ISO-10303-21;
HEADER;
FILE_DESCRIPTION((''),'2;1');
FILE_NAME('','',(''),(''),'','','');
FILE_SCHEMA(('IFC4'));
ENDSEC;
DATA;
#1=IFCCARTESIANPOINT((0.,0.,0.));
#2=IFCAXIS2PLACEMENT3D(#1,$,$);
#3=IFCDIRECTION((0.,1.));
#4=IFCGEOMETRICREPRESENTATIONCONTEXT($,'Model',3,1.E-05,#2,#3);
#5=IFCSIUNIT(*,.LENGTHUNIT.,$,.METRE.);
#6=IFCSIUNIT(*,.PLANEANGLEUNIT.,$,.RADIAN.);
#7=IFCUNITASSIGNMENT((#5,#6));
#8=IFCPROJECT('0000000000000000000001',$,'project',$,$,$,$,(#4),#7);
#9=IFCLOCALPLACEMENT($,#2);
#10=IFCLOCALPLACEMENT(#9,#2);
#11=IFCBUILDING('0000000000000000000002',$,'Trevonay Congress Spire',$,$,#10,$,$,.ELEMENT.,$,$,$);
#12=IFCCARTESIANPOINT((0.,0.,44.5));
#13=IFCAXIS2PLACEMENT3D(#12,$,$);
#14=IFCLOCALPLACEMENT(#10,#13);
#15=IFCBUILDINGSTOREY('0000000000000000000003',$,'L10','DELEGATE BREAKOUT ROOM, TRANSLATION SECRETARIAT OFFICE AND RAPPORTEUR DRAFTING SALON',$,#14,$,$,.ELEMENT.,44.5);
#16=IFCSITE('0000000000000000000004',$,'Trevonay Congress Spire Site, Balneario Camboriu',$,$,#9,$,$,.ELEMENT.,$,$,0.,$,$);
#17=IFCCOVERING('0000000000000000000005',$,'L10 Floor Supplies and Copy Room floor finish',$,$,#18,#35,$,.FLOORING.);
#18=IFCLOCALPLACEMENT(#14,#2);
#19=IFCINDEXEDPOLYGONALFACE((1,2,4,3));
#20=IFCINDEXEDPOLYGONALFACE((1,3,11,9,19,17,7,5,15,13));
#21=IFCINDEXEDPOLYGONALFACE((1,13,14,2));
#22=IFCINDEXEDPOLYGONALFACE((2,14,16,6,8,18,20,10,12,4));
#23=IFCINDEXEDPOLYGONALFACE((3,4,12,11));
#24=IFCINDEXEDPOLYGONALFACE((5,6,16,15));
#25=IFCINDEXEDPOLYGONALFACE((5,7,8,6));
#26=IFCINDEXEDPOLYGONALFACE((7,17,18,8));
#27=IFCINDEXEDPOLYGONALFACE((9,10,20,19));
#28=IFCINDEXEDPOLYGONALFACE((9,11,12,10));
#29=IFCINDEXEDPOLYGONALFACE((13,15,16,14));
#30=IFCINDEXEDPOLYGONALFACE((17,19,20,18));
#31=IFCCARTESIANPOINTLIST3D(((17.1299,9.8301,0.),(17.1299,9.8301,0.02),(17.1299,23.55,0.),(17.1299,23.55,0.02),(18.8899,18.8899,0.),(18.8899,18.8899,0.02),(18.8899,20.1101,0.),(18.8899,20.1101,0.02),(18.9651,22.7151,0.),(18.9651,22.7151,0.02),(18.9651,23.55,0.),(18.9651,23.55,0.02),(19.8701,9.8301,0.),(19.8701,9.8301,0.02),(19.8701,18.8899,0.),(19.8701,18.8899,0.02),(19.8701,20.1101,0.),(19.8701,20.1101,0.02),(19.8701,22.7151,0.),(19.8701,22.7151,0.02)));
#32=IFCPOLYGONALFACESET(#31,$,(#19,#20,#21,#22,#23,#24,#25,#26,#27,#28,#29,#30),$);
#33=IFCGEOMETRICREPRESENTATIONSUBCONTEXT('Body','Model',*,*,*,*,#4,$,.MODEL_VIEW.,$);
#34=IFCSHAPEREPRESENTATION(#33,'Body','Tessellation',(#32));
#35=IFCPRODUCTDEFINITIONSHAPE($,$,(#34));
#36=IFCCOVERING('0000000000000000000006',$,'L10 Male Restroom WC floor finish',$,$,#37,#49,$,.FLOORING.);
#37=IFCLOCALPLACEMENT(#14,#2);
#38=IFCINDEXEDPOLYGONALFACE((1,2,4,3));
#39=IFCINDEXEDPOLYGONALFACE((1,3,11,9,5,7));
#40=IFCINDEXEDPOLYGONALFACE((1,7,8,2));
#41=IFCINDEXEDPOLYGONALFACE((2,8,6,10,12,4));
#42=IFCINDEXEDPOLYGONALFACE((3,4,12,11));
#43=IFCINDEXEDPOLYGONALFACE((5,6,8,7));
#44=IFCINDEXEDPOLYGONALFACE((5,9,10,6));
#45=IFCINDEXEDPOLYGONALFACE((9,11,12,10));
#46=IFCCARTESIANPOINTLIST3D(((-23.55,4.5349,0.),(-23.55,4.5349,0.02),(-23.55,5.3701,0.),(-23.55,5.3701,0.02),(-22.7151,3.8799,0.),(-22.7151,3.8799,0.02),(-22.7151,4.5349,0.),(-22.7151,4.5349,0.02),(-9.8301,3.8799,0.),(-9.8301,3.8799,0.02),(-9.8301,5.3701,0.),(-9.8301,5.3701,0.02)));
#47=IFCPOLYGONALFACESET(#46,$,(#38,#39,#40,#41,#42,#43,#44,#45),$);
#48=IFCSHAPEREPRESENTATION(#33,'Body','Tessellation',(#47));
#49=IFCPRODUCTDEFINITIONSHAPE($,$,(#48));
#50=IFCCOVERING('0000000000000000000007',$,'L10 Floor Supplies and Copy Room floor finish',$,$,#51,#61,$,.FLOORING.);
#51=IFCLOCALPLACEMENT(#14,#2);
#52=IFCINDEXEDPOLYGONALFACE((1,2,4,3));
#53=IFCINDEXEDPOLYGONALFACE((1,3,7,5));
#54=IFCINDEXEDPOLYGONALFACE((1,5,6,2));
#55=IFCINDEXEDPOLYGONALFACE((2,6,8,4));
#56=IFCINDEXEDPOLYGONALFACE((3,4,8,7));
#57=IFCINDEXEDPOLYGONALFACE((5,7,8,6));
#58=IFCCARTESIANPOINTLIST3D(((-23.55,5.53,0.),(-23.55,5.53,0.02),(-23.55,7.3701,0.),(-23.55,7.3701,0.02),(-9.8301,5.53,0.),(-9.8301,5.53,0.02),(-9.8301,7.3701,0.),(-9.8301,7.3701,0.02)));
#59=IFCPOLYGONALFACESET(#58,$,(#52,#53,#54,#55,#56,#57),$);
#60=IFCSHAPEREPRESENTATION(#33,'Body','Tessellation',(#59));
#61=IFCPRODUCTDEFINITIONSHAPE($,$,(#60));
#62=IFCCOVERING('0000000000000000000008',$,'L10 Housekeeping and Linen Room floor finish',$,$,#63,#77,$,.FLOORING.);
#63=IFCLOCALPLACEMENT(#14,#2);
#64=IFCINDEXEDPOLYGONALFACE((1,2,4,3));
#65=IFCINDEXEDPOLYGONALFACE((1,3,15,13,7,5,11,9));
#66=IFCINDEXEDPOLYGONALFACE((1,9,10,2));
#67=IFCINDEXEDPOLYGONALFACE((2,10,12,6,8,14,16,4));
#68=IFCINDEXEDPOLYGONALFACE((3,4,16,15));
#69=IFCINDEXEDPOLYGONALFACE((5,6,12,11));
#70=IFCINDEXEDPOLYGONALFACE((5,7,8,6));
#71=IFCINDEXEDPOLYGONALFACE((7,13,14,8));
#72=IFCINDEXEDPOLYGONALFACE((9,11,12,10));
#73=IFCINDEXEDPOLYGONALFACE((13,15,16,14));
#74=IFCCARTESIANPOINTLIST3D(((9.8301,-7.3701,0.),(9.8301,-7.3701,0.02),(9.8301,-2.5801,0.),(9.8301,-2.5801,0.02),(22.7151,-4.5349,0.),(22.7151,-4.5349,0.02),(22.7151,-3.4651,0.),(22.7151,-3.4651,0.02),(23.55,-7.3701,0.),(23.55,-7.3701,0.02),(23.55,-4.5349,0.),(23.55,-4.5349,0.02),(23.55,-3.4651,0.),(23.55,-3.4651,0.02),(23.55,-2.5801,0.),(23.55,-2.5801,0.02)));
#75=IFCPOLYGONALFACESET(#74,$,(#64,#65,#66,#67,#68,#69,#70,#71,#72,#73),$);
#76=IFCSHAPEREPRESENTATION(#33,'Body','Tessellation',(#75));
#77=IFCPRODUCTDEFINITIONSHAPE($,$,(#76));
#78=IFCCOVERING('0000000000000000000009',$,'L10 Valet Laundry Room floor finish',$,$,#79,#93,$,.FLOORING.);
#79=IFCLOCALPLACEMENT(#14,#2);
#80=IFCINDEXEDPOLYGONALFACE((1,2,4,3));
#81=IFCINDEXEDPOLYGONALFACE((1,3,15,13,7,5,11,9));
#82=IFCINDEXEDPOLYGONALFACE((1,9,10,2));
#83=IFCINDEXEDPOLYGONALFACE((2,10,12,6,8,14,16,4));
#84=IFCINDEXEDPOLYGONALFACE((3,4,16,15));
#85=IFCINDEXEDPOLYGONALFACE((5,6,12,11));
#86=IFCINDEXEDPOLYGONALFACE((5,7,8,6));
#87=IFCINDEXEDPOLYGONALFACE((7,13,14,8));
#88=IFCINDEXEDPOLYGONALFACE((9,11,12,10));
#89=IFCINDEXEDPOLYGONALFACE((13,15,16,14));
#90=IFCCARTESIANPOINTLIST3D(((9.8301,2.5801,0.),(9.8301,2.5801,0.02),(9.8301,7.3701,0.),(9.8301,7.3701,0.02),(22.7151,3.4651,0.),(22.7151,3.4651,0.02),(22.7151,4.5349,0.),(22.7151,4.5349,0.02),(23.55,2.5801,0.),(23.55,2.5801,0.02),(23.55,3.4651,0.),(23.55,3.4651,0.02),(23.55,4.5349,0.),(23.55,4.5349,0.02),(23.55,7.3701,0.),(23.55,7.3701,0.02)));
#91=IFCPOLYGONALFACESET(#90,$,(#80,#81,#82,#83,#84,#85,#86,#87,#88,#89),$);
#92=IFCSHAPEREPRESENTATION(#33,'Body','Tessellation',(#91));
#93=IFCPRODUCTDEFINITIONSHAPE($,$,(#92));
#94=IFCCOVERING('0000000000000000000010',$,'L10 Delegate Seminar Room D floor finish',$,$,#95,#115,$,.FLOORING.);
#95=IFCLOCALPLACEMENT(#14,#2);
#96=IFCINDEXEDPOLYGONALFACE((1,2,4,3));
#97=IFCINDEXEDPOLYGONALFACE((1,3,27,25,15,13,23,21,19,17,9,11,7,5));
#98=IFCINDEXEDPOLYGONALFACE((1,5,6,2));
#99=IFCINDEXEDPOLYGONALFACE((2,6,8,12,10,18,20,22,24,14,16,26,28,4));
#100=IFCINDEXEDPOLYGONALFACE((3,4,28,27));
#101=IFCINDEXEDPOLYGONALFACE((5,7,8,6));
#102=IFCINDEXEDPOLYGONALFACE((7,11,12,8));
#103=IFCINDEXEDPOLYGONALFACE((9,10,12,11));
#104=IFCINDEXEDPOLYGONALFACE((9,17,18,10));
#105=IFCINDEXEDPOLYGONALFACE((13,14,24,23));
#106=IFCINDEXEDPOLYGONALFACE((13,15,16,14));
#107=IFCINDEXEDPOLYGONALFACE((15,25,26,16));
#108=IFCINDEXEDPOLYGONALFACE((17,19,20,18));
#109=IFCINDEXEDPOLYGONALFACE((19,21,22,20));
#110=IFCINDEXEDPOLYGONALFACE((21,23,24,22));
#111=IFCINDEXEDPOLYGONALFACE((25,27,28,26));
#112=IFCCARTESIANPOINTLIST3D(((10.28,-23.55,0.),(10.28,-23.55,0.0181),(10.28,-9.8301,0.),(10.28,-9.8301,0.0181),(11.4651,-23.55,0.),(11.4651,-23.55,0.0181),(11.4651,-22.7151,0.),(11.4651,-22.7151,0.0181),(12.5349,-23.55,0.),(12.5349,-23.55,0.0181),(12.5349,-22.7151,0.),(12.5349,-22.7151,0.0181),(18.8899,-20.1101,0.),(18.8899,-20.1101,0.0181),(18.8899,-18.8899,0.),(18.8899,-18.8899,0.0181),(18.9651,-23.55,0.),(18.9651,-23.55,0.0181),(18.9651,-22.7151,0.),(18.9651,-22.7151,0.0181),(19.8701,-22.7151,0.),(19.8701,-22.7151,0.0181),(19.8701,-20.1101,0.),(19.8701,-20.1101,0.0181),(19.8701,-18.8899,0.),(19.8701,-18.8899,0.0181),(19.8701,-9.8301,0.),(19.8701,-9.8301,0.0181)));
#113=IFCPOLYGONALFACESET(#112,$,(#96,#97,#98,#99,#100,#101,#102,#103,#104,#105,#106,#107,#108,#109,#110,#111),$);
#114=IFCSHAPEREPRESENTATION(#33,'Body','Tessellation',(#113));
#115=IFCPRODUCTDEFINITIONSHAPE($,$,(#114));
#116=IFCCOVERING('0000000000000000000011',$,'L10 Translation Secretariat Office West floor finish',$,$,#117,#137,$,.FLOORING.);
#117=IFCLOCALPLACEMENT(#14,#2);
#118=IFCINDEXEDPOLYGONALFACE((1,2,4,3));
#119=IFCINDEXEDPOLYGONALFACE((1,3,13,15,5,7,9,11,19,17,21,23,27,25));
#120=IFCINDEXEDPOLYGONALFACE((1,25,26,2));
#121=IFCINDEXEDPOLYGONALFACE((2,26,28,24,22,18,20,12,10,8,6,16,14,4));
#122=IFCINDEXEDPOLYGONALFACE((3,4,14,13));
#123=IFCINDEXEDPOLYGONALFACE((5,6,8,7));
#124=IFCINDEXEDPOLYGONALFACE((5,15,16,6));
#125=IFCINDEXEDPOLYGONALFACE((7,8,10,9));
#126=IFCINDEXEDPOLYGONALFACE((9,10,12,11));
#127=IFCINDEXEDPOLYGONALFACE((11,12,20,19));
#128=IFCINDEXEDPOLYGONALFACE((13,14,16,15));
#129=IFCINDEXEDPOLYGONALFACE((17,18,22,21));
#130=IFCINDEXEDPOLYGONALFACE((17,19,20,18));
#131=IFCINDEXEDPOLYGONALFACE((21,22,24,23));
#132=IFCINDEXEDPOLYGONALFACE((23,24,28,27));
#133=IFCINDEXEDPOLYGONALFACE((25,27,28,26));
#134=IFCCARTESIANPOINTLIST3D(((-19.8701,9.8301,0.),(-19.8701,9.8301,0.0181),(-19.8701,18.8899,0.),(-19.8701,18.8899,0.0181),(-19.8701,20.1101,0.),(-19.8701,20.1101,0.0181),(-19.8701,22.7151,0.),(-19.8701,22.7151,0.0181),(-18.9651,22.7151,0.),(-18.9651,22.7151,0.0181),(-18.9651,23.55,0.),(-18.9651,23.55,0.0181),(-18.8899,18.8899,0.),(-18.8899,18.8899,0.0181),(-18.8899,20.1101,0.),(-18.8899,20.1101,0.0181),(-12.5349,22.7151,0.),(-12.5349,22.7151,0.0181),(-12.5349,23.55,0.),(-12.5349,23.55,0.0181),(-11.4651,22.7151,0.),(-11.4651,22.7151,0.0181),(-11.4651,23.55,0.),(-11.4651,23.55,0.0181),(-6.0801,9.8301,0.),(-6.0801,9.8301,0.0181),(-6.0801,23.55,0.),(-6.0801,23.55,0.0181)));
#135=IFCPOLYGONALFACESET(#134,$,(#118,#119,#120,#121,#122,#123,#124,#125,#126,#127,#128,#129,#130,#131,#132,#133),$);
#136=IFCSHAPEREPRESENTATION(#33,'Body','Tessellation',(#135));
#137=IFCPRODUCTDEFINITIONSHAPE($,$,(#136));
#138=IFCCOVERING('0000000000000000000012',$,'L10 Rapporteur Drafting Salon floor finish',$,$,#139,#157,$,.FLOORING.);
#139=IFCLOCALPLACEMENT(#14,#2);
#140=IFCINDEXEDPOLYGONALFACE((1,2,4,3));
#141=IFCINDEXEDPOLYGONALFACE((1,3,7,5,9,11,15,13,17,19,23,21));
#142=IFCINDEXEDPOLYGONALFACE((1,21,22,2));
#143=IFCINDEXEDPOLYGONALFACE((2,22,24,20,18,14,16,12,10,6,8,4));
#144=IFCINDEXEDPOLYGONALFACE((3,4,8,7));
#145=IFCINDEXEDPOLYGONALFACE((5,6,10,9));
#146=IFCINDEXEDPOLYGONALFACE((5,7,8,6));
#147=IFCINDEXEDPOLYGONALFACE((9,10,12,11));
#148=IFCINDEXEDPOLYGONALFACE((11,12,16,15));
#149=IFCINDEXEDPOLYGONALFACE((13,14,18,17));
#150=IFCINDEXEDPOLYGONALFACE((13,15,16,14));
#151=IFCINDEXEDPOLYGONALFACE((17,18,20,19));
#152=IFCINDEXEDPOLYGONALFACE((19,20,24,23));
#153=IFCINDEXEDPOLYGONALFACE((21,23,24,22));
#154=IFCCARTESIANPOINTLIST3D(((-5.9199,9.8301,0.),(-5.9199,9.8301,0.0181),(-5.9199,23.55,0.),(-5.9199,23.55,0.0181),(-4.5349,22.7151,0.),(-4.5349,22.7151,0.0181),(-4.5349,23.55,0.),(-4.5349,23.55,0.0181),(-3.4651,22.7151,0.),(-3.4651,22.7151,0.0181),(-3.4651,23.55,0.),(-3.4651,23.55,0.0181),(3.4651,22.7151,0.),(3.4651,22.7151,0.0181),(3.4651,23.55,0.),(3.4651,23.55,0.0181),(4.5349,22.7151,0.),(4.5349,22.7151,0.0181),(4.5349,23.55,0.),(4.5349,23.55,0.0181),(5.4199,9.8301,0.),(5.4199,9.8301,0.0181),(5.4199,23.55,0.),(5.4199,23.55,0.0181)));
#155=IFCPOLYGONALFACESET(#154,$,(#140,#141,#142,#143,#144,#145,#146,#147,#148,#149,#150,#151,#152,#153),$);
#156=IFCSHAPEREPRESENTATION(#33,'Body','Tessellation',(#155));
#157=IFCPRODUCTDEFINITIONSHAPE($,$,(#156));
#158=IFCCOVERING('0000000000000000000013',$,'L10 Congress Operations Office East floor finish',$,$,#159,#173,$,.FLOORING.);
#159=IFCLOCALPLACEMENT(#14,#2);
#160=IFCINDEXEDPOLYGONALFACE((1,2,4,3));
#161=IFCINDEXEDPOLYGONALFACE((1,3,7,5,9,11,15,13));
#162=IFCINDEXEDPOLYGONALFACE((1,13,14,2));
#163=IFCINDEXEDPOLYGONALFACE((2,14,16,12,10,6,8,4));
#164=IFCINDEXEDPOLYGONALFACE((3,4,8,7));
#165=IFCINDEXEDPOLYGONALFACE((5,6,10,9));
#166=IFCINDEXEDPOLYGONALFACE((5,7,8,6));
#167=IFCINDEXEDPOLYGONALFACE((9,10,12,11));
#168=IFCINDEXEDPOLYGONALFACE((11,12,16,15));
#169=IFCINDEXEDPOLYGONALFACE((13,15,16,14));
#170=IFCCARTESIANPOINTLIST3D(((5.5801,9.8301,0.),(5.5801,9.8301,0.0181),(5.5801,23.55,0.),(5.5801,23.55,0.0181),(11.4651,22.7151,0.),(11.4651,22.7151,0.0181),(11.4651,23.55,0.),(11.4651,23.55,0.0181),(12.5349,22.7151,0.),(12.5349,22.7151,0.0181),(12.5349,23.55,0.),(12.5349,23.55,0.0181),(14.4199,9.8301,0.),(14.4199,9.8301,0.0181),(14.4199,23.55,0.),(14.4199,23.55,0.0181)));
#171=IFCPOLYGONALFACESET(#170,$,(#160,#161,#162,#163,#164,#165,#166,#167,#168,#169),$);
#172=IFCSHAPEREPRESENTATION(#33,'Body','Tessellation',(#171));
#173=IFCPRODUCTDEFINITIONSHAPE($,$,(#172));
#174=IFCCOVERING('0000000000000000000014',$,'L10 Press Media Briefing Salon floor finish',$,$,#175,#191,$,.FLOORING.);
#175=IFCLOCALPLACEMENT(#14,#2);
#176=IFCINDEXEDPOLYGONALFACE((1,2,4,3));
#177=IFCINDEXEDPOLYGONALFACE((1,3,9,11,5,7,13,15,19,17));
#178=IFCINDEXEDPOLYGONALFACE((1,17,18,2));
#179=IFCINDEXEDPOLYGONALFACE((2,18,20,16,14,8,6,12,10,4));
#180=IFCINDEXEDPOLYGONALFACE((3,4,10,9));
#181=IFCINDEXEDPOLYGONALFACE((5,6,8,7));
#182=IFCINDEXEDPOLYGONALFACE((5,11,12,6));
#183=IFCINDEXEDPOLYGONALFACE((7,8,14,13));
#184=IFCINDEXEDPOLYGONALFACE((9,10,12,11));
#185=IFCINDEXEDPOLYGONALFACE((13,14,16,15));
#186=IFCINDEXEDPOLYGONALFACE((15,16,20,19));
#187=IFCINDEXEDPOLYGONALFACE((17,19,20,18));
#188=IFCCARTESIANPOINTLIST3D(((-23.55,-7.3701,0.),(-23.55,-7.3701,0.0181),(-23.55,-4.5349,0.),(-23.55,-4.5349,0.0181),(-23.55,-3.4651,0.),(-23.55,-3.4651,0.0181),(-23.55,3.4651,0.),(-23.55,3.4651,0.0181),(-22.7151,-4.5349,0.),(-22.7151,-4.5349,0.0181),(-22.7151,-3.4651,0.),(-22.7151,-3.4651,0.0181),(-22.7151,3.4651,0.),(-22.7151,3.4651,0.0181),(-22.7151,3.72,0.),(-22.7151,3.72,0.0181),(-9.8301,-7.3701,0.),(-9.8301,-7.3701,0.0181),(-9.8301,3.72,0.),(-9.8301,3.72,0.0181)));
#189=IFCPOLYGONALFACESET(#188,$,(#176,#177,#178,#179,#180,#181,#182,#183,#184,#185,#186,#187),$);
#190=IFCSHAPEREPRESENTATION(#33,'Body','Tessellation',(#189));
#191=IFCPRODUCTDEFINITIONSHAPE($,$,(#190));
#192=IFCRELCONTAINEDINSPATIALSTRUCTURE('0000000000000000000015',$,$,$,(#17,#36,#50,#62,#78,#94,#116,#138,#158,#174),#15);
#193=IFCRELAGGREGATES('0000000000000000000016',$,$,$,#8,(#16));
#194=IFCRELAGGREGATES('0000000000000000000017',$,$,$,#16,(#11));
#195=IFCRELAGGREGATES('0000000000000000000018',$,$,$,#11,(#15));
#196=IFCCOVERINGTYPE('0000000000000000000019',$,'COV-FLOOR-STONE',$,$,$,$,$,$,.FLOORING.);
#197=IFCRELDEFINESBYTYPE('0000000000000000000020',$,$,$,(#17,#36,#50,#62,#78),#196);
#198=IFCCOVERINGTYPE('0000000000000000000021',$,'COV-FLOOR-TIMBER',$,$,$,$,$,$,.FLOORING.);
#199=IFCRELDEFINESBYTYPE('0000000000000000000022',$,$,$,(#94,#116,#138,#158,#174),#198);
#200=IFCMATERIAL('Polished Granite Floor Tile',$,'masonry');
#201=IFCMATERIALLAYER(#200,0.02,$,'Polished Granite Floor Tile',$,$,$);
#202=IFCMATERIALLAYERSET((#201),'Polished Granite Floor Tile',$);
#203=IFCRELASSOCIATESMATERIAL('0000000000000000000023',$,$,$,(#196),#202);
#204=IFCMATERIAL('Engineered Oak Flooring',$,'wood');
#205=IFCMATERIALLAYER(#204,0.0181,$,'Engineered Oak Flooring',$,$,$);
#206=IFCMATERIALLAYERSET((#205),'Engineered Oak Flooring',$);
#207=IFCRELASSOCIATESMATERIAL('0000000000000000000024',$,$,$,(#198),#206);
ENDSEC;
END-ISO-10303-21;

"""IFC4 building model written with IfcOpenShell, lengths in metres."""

from ifc_helpers import new_model, si_unit, direction, frame, origin, place, context, subcontext, project, spatial, polyline, outline, extrude, material, layer, layer_set, type_object, element, save


model = new_model("IFC4")

# Units and contexts
model_context = context("Model", 3, precision=1e-05, world=origin(), true_north=direction((0.0, 1.0)))
body_context = subcontext(model_context, "Body", "Model", "MODEL_VIEW")
ifc_project = project(units=[si_unit("LENGTHUNIT", "METRE"), si_unit("PLANEANGLEUNIT", "RADIAN")], contexts=[model_context])

# Site, building, storey
site_placement = place(None, origin())
site = spatial("IfcSite", under=ifc_project, at=site_placement, Name="Trevonay Congress Spire Site, Balneario Camboriu", CompositionType="ELEMENT", RefElevation=0.0)
building_placement = place(site_placement, origin())
building = spatial("IfcBuilding", under=site, at=building_placement, Name="Trevonay Congress Spire", CompositionType="ELEMENT")
storey_placement = place(building_placement, frame((0.0, 0.0, 44.5)))
storey = spatial("IfcBuildingStorey", under=building, at=storey_placement, Name="L10", Description="DELEGATE BREAKOUT ROOM, TRANSLATION SECRETARIAT OFFICE AND RAPPORTEUR DRAFTING SALON", CompositionType="ELEMENT", Elevation=44.5)

# Coverings
ifc_material_1 = material(Name="Polished Granite Floor Tile", Category="masonry")
ifc_layer_1 = layer(ifc_material_1, 0.02, Name="Polished Granite Floor Tile")
ifc_layer_set_1 = layer_set([ifc_layer_1], Name="Polished Granite Floor Tile")
covering_type_1 = type_object("IfcCoveringType", Name="COV-FLOOR-STONE", PredefinedType="FLOORING", material=ifc_layer_set_1)
covering_1_placement = place(storey_placement, origin())
element("IfcCovering", 1, at=covering_1_placement, inside=storey, type_object=covering_type_1, Name="L10 Floor Supplies and Copy Room floor finish", PredefinedType="FLOORING", context=body_context, shape_type="SweptSolid", body=[
    extrude(outline(polyline([(19.8701, 9.8301), (17.1299, 9.8301), (17.1299, 23.55), (18.9651, 23.55), (18.9651, 22.7151), (19.8701, 22.7151), (19.8701, 20.1101), (18.8899, 20.1101), (18.8899, 18.8899), (19.8701, 18.8899), (19.8701, 9.8301)])), origin(), (0.0, 0.0, 1.0), 0.02),
])
covering_2_placement = place(storey_placement, origin())
element("IfcCovering", 2, at=covering_2_placement, inside=storey, type_object=covering_type_1, Name="L10 Male Restroom WC floor finish", PredefinedType="FLOORING", context=body_context, shape_type="SweptSolid", body=[
    extrude(outline(polyline([(-23.55, 5.3701), (-9.8301, 5.3701), (-9.8301, 3.8799), (-22.7151, 3.8799), (-22.7151, 4.5349), (-23.55, 4.5349), (-23.55, 5.3701)])), origin(), (0.0, 0.0, 1.0), 0.02),
])
covering_3_placement = place(storey_placement, origin())
element("IfcCovering", 3, at=covering_3_placement, inside=storey, type_object=covering_type_1, Name="L10 Floor Supplies and Copy Room floor finish", PredefinedType="FLOORING", context=body_context, shape_type="SweptSolid", body=[
    extrude(outline(polyline([(-23.55, 5.53), (-9.8301, 5.53), (-9.8301, 7.3701), (-23.55, 7.3701), (-23.55, 5.53)])), origin(), (0.0, 0.0, 1.0), 0.02),
])
covering_4_placement = place(storey_placement, origin())
element("IfcCovering", 4, at=covering_4_placement, inside=storey, type_object=covering_type_1, Name="L10 Housekeeping and Linen Room floor finish", PredefinedType="FLOORING", context=body_context, shape_type="SweptSolid", body=[
    extrude(outline(polyline([(23.55, -7.3701), (9.8301, -7.3701), (9.8301, -2.5801), (23.55, -2.5801), (23.55, -3.4651), (22.7151, -3.4651), (22.7151, -4.5349), (23.55, -4.5349), (23.55, -7.3701)])), origin(), (0.0, 0.0, 1.0), 0.02),
])
covering_5_placement = place(storey_placement, origin())
element("IfcCovering", 5, at=covering_5_placement, inside=storey, type_object=covering_type_1, Name="L10 Valet Laundry Room floor finish", PredefinedType="FLOORING", context=body_context, shape_type="SweptSolid", body=[
    extrude(outline(polyline([(23.55, 2.5801), (9.8301, 2.5801), (9.8301, 7.3701), (23.55, 7.3701), (23.55, 4.5349), (22.7151, 4.5349), (22.7151, 3.4651), (23.55, 3.4651), (23.55, 2.5801)])), origin(), (0.0, 0.0, 1.0), 0.02),
])
ifc_material_2 = material(Name="Engineered Oak Flooring", Category="wood")
ifc_layer_2 = layer(ifc_material_2, 0.0181, Name="Engineered Oak Flooring")
ifc_layer_set_2 = layer_set([ifc_layer_2], Name="Engineered Oak Flooring")
covering_type_2 = type_object("IfcCoveringType", Name="COV-FLOOR-TIMBER", PredefinedType="FLOORING", material=ifc_layer_set_2)
covering_6_placement = place(storey_placement, origin())
element("IfcCovering", 6, at=covering_6_placement, inside=storey, type_object=covering_type_2, Name="L10 Delegate Seminar Room D floor finish", PredefinedType="FLOORING", context=body_context, shape_type="SweptSolid", body=[
    extrude(outline(polyline([(10.28, -23.55), (10.28, -9.8301), (19.8701, -9.8301), (19.8701, -18.8899), (18.8899, -18.8899), (18.8899, -20.1101), (19.8701, -20.1101), (19.8701, -22.7151), (18.9651, -22.7151), (18.9651, -23.55), (12.5349, -23.55), (12.5349, -22.7151), (11.4651, -22.7151), (11.4651, -23.55), (10.28, -23.55)])), origin(), (0.0, 0.0, 1.0), 0.0181),
])
covering_7_placement = place(storey_placement, origin())
element("IfcCovering", 7, at=covering_7_placement, inside=storey, type_object=covering_type_2, Name="L10 Translation Secretariat Office West floor finish", PredefinedType="FLOORING", context=body_context, shape_type="SweptSolid", body=[
    extrude(outline(polyline([(-6.0801, 23.55), (-6.0801, 9.8301), (-19.8701, 9.8301), (-19.8701, 18.8899), (-18.8899, 18.8899), (-18.8899, 20.1101), (-19.8701, 20.1101), (-19.8701, 22.7151), (-18.9651, 22.7151), (-18.9651, 23.55), (-12.5349, 23.55), (-12.5349, 22.7151), (-11.4651, 22.7151), (-11.4651, 23.55), (-6.0801, 23.55)])), origin(), (0.0, 0.0, 1.0), 0.0181),
])
covering_8_placement = place(storey_placement, origin())
element("IfcCovering", 8, at=covering_8_placement, inside=storey, type_object=covering_type_2, Name="L10 Rapporteur Drafting Salon floor finish", PredefinedType="FLOORING", context=body_context, shape_type="SweptSolid", body=[
    extrude(outline(polyline([(5.4199, 23.55), (5.4199, 9.8301), (-5.9199, 9.8301), (-5.9199, 23.55), (-4.5349, 23.55), (-4.5349, 22.7151), (-3.4651, 22.7151), (-3.4651, 23.55), (3.4651, 23.55), (3.4651, 22.7151), (4.5349, 22.7151), (4.5349, 23.55), (5.4199, 23.55)])), origin(), (0.0, 0.0, 1.0), 0.0181),
])
covering_9_placement = place(storey_placement, origin())
element("IfcCovering", 9, at=covering_9_placement, inside=storey, type_object=covering_type_2, Name="L10 Congress Operations Office East floor finish", PredefinedType="FLOORING", context=body_context, shape_type="SweptSolid", body=[
    extrude(outline(polyline([(14.4199, 23.55), (14.4199, 9.8301), (5.5801, 9.8301), (5.5801, 23.55), (11.4651, 23.55), (11.4651, 22.7151), (12.5349, 22.7151), (12.5349, 23.55), (14.4199, 23.55)])), origin(), (0.0, 0.0, 1.0), 0.0181),
])
covering_10_placement = place(storey_placement, origin())
element("IfcCovering", 10, at=covering_10_placement, inside=storey, type_object=covering_type_2, Name="L10 Press Media Briefing Salon floor finish", PredefinedType="FLOORING", context=body_context, shape_type="SweptSolid", body=[
    extrude(outline(polyline([(-9.8301, 3.72), (-9.8301, -7.3701), (-23.55, -7.3701), (-23.55, -4.5349), (-22.7151, -4.5349), (-22.7151, -3.4651), (-23.55, -3.4651), (-23.55, 3.4651), (-22.7151, 3.4651), (-22.7151, 3.72), (-9.8301, 3.72)])), origin(), (0.0, 0.0, 1.0), 0.0181),
])

save(model, "model.ifc")
